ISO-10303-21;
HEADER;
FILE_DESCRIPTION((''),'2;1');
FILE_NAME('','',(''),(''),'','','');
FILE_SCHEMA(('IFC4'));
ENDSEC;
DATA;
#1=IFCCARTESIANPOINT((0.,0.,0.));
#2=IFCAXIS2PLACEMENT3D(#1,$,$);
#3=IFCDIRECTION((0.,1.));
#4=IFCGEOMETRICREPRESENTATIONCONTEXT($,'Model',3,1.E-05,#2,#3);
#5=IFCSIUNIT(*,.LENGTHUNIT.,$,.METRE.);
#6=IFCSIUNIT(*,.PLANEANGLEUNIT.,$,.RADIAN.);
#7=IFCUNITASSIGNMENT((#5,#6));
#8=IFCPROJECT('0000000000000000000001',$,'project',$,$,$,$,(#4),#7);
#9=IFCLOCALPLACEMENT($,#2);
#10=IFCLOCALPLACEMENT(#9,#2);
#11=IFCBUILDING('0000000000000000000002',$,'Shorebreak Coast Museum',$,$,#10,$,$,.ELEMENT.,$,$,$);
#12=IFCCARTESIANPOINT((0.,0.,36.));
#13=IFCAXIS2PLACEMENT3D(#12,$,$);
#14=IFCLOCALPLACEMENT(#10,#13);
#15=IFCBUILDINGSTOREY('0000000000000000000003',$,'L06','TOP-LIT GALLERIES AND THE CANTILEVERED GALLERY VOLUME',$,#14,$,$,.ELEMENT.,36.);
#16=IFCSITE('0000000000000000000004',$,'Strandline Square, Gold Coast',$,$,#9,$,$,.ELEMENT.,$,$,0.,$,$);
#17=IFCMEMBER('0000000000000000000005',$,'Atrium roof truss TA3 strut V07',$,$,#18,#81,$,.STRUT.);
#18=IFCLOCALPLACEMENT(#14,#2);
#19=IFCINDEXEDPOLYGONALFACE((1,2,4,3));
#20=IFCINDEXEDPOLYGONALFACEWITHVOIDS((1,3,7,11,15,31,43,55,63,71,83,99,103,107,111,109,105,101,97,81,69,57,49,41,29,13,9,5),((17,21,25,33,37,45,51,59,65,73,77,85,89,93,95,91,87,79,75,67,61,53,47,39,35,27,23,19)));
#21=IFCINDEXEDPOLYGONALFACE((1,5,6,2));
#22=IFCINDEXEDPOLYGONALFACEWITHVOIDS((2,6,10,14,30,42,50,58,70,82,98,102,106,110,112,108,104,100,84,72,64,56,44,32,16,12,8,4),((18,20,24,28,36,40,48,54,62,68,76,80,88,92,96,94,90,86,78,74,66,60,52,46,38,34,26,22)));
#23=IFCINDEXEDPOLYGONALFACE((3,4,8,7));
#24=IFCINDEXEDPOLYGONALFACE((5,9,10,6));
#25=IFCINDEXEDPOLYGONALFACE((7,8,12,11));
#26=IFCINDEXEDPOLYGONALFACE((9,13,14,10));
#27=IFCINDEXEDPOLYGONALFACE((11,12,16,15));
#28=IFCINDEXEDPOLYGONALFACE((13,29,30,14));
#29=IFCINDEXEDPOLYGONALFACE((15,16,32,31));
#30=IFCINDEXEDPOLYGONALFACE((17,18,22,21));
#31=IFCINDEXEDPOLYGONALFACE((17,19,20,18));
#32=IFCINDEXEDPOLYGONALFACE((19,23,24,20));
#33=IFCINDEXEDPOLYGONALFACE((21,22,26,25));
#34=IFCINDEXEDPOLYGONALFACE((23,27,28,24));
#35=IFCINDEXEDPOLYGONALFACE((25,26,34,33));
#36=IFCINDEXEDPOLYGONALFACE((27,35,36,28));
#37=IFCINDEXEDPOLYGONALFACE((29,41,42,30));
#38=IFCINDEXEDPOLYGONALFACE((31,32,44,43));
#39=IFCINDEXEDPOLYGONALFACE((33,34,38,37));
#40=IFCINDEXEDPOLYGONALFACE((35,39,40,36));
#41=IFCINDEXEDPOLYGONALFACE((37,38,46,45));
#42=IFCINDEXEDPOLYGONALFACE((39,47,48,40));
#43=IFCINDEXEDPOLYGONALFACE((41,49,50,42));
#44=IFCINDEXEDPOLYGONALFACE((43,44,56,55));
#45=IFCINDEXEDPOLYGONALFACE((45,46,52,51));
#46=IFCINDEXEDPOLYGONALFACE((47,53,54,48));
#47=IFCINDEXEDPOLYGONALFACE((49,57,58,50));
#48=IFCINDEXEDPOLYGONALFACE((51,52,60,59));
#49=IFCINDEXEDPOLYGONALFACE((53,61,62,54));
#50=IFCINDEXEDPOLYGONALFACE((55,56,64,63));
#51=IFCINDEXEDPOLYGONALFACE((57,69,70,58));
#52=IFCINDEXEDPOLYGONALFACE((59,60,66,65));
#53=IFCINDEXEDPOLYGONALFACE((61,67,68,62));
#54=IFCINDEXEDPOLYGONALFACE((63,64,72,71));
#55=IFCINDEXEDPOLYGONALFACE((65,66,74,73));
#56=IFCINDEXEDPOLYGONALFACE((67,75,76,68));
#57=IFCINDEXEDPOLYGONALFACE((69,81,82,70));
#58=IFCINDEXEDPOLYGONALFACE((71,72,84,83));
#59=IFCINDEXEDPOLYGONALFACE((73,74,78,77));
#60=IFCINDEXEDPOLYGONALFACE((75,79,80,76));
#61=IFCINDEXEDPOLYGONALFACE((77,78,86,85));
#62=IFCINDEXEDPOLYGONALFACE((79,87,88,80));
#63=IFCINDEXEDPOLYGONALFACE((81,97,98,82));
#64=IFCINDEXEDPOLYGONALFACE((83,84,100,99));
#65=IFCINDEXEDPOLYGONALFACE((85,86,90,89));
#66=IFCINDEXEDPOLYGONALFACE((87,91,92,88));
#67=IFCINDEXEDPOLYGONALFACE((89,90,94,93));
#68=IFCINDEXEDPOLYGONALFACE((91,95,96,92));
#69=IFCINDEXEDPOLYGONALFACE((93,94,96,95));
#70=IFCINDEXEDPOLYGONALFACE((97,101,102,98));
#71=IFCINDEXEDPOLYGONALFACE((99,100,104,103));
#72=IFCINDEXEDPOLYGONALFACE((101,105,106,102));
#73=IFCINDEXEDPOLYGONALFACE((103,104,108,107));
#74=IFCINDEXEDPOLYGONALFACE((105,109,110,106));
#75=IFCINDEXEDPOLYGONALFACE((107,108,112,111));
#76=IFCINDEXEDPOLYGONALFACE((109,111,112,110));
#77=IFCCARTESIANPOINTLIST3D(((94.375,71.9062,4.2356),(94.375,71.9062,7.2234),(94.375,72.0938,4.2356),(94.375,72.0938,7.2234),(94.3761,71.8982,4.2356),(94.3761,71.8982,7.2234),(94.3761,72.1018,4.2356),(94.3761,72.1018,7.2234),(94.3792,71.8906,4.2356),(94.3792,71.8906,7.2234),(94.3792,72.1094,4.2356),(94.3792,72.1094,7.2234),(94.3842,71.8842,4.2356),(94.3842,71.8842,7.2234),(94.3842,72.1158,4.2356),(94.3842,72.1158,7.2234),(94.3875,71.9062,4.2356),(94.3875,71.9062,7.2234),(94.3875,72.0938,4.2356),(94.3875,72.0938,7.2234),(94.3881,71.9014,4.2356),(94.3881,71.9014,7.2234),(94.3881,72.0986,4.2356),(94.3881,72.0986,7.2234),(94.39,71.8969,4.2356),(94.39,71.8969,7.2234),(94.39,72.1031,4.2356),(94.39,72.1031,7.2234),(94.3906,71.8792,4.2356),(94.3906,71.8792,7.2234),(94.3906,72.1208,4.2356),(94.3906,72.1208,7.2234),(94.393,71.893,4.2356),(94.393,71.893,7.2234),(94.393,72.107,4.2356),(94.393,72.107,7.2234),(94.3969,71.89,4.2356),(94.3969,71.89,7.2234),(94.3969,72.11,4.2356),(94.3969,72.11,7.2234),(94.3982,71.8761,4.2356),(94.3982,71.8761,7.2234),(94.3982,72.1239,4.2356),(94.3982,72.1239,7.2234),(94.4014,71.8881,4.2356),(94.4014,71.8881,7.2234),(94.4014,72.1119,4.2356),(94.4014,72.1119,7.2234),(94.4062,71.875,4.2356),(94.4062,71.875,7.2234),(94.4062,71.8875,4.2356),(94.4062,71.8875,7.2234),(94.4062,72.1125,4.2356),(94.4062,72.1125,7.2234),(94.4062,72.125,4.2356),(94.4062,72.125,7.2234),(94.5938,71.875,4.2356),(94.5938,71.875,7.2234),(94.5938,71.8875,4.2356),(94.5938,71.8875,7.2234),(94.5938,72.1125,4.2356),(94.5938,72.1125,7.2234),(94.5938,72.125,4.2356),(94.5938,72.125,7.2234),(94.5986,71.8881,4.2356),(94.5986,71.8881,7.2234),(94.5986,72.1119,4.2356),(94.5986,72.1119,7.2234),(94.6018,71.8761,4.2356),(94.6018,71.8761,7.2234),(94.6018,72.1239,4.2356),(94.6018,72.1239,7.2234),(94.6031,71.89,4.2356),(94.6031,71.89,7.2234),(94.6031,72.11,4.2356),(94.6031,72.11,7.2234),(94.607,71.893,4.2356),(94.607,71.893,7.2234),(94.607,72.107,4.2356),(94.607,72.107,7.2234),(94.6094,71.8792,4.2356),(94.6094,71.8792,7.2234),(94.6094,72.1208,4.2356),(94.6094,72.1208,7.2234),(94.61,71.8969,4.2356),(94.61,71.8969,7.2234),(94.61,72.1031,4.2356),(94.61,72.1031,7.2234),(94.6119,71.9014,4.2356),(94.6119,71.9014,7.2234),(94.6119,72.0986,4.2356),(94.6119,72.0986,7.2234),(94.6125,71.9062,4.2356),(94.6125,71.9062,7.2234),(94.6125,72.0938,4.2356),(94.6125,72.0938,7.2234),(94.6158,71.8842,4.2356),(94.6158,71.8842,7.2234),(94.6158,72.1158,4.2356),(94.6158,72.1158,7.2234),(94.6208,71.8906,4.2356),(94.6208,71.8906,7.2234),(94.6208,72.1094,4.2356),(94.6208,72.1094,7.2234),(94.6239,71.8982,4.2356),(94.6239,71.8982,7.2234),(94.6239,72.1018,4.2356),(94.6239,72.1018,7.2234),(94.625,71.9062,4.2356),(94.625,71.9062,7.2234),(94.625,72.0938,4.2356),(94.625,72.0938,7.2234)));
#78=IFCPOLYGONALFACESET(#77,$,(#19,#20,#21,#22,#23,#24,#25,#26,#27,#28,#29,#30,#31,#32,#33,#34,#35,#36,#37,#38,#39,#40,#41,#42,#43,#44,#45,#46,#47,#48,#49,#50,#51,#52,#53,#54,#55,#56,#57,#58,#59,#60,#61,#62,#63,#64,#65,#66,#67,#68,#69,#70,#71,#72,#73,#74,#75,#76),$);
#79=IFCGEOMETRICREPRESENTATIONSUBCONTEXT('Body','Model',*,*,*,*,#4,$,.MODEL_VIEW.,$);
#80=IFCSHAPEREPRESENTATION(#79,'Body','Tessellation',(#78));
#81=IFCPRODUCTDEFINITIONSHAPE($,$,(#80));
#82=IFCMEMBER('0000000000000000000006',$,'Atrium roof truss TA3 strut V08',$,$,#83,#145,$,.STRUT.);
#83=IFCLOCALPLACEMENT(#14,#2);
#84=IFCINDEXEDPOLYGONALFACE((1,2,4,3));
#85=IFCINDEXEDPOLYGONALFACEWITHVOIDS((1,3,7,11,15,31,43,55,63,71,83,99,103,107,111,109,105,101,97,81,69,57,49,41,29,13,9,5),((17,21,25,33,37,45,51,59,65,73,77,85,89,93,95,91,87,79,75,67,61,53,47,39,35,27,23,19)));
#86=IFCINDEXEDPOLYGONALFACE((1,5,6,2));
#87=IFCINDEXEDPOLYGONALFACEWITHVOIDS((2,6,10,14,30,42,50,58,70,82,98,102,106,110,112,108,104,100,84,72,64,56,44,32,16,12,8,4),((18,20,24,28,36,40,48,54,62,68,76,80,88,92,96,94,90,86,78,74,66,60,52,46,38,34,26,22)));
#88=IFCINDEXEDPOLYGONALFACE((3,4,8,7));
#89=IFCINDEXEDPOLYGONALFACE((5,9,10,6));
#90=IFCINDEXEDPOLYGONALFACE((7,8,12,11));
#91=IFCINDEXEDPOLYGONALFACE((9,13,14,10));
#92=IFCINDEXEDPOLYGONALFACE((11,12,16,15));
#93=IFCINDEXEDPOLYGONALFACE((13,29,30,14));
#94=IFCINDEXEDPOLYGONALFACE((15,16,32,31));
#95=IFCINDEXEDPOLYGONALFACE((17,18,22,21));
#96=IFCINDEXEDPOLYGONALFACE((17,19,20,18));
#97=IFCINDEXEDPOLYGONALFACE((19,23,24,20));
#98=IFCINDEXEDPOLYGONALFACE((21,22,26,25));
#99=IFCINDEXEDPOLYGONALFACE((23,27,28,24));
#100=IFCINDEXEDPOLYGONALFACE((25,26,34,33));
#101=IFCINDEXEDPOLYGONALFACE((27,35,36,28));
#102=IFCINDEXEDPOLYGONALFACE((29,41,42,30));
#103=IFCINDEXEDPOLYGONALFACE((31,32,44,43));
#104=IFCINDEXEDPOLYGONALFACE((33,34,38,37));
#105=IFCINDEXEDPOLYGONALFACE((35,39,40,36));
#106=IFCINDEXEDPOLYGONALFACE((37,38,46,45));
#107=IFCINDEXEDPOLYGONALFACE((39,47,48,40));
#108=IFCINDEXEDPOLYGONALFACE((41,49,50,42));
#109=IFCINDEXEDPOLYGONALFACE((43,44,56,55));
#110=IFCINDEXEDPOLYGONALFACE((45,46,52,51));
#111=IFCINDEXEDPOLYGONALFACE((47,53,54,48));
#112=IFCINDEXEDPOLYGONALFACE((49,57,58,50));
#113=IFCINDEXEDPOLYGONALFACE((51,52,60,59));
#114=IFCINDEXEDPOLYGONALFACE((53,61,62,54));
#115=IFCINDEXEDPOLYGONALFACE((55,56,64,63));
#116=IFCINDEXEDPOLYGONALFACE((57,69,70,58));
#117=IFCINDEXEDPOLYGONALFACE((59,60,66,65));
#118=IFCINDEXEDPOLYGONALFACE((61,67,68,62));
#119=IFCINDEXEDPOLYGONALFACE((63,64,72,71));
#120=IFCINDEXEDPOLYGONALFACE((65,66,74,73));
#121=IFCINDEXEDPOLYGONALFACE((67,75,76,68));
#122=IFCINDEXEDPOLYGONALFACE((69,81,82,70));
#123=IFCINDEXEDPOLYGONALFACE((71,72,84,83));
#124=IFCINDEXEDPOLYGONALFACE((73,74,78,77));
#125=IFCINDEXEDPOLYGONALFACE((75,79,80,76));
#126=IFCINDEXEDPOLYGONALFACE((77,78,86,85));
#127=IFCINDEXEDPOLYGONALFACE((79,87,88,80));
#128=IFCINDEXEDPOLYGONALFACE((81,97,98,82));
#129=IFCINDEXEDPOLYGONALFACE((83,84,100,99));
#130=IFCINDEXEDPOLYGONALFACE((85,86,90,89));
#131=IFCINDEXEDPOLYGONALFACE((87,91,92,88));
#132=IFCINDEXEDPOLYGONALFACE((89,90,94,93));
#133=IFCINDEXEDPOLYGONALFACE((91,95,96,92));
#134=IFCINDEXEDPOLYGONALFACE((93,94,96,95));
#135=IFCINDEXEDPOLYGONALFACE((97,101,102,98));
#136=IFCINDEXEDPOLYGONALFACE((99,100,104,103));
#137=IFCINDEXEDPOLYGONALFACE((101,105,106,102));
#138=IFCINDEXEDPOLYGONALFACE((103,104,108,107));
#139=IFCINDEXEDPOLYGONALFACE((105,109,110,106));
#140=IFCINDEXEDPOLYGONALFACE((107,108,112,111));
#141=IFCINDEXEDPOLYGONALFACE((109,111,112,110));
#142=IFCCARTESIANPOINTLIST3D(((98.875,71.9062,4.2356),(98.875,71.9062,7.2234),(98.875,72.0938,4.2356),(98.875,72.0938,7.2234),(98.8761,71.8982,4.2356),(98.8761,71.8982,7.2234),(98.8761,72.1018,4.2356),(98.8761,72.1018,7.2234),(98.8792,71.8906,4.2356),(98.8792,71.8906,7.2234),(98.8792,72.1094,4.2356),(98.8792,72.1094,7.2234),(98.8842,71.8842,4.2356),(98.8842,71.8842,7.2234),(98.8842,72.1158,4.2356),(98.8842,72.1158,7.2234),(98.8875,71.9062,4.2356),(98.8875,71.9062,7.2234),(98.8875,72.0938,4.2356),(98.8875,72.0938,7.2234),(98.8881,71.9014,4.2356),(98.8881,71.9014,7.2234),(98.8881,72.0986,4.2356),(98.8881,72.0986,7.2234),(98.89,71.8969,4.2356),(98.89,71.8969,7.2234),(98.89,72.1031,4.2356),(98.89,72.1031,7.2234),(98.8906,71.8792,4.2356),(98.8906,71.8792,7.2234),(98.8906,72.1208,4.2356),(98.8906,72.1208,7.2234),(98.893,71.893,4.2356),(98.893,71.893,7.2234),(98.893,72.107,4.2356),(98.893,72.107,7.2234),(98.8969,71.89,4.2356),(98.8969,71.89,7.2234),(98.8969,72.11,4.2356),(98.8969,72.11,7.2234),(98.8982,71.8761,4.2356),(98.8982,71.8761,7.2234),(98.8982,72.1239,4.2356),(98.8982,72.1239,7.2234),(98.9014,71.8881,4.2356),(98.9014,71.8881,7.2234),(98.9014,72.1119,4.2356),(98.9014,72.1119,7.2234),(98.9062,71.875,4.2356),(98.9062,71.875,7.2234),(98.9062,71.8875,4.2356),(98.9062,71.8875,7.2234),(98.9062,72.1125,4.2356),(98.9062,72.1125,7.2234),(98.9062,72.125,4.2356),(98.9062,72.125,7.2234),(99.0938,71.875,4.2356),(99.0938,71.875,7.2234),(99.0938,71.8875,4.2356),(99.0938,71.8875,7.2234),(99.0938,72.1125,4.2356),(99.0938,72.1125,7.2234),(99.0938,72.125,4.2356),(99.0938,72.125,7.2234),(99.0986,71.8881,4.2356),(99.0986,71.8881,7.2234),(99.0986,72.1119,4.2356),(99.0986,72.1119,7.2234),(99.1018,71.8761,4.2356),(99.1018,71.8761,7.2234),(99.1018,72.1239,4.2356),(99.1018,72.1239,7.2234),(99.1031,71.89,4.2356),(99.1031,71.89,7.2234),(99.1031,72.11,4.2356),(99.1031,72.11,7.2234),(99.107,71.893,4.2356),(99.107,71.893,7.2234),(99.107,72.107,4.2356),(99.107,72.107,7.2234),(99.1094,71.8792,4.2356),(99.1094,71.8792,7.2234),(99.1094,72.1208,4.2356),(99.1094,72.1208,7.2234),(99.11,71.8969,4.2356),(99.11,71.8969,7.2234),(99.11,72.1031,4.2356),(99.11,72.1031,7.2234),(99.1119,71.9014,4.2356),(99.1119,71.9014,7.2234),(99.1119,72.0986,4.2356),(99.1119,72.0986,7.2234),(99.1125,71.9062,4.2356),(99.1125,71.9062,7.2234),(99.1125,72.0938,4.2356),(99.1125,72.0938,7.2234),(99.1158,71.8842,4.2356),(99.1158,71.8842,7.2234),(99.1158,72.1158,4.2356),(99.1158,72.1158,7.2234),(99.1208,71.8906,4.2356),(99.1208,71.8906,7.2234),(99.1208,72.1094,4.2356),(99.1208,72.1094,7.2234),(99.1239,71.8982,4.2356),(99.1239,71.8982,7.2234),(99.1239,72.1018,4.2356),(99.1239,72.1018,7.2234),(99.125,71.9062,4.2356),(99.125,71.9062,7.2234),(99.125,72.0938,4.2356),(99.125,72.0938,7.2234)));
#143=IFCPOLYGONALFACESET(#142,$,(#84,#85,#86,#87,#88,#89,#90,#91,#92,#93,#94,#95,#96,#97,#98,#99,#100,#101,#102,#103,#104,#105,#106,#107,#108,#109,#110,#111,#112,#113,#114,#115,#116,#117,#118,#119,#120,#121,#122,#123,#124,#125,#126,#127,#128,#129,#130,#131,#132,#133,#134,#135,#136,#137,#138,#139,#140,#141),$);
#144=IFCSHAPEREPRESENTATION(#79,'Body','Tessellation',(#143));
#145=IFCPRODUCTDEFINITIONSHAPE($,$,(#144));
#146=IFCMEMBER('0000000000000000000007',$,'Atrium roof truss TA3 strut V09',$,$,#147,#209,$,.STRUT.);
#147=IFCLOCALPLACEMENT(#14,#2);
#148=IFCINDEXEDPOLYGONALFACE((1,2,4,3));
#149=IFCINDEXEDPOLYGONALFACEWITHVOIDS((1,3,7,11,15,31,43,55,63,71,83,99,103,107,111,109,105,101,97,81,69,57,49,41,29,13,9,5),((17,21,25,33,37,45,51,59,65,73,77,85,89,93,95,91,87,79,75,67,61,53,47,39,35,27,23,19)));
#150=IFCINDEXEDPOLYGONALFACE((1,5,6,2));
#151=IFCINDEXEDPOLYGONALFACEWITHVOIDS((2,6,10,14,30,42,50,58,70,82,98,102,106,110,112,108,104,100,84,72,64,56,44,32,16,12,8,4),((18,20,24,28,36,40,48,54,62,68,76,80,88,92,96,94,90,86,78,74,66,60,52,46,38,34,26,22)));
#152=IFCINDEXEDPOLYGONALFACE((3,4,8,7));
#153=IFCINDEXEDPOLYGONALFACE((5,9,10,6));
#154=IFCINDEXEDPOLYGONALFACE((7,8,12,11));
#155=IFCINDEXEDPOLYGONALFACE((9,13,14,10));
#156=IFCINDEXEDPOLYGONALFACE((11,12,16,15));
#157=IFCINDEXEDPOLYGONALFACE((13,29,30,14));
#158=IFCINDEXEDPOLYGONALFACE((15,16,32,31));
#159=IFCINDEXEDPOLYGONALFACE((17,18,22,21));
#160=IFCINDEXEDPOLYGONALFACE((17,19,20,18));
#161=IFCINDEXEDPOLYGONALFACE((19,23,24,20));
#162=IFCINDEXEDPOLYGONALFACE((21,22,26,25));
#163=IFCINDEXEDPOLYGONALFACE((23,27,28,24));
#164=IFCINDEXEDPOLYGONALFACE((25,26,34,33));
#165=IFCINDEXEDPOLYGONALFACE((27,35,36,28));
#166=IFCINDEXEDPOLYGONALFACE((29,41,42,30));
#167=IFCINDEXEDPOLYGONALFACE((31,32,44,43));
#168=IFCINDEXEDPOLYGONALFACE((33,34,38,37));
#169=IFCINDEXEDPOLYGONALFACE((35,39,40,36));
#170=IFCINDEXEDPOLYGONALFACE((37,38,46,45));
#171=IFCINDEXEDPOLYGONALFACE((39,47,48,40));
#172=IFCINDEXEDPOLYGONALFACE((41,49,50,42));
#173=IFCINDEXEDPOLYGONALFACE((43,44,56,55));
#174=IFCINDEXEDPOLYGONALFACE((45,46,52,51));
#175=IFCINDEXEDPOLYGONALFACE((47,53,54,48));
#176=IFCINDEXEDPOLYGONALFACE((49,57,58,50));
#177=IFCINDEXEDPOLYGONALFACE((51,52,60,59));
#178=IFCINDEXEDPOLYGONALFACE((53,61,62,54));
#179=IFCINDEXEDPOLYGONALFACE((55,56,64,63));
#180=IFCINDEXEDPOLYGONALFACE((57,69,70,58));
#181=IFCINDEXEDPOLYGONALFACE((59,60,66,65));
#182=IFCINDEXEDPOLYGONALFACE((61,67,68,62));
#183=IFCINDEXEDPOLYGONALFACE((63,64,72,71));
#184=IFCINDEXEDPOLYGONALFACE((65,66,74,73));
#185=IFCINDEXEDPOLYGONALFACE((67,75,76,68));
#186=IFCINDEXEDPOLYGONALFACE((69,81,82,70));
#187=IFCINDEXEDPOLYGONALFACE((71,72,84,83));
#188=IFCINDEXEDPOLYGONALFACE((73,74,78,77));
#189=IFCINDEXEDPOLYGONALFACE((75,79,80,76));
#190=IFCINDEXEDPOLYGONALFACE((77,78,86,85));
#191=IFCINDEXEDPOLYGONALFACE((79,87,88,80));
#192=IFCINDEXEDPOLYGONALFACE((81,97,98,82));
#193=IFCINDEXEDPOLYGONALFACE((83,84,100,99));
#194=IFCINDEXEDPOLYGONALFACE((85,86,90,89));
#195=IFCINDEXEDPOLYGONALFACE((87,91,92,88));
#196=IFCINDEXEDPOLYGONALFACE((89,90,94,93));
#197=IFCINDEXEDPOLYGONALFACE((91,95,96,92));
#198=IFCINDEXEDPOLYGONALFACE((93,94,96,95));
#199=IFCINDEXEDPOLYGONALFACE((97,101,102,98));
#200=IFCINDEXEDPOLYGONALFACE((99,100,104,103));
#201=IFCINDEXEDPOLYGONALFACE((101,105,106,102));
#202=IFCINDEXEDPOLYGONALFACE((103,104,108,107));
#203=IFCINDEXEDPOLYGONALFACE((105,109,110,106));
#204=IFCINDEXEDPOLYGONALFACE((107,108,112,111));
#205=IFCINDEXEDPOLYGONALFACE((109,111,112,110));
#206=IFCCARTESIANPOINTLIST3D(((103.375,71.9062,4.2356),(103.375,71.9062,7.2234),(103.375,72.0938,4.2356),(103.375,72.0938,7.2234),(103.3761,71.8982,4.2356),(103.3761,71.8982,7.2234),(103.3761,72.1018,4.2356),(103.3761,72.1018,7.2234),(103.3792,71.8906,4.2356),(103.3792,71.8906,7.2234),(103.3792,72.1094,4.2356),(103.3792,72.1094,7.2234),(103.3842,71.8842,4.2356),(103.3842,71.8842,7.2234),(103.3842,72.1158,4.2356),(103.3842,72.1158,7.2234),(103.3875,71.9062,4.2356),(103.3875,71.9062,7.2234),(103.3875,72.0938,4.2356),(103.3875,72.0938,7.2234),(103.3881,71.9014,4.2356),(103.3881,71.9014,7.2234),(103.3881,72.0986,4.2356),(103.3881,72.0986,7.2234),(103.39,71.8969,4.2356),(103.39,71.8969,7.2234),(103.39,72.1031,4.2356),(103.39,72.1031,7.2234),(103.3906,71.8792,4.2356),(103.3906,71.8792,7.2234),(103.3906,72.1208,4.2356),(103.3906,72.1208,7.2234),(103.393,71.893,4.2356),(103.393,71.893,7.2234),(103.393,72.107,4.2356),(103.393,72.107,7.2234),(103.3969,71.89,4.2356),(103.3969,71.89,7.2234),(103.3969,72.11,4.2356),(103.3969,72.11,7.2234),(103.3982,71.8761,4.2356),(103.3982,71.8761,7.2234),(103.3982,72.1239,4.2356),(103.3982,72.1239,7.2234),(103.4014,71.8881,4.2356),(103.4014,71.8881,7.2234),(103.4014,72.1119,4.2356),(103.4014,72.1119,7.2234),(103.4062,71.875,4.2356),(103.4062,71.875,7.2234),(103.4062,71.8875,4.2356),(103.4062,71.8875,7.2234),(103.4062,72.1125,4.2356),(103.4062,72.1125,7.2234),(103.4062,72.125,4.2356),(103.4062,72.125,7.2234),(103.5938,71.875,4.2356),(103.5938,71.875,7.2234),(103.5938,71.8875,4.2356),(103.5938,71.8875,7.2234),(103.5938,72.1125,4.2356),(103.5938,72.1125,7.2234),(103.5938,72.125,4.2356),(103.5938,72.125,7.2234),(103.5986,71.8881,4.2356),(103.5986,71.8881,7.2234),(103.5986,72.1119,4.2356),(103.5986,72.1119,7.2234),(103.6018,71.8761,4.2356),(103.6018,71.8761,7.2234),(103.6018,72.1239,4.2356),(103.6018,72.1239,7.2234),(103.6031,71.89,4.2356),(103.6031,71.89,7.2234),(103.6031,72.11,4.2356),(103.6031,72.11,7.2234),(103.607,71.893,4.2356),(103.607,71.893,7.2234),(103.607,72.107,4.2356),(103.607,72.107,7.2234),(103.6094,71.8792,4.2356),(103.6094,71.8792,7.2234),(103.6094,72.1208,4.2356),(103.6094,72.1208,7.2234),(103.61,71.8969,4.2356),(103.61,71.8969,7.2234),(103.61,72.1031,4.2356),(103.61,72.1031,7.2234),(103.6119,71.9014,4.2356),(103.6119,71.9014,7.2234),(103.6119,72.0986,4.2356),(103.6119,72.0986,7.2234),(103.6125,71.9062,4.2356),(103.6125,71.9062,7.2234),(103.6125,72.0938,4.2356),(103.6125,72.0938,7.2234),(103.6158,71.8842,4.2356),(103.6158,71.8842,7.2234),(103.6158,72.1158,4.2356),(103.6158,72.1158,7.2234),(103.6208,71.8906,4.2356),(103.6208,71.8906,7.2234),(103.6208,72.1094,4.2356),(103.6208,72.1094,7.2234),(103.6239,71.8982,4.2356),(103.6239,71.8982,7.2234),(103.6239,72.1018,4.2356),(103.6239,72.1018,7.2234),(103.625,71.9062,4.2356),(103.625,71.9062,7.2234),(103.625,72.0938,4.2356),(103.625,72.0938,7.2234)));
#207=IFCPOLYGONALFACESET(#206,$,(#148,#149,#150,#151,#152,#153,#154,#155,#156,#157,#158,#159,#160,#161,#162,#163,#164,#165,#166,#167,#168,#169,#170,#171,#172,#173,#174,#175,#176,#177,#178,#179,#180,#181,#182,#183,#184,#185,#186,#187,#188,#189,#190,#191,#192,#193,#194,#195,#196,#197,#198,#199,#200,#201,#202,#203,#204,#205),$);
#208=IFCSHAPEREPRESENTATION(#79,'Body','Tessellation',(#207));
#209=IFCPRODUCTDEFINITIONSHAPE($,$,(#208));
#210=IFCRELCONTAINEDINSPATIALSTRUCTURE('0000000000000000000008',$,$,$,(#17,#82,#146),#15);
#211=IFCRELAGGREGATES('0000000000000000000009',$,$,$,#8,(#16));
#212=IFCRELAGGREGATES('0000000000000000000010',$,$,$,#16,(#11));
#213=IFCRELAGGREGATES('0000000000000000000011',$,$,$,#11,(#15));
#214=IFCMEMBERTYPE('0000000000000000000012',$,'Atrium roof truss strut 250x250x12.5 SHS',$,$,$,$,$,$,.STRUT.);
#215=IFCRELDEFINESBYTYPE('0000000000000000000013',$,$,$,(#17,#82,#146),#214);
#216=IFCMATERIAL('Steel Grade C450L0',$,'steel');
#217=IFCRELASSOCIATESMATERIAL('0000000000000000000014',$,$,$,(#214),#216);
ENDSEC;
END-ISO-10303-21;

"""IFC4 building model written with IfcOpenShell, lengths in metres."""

from ifc_helpers import new_model, si_unit, direction, frame, origin, origin_2d, place, context, subcontext, project, spatial, hollow_rectangle, extrude, material, material_profile, profile_set, type_object, element, save


model = new_model("IFC4")

# Units and contexts
model_context = context("Model", 3, precision=1e-05, world=origin(), true_north=direction((0.0, 1.0)))
body_context = subcontext(model_context, "Body", "Model", "MODEL_VIEW")
ifc_project = project(units=[si_unit("LENGTHUNIT", "METRE"), si_unit("PLANEANGLEUNIT", "RADIAN")], contexts=[model_context])

# Site, building, storey
site_placement = place(None, origin())
site = spatial("IfcSite", under=ifc_project, at=site_placement, Name="Strandline Square, Gold Coast", CompositionType="ELEMENT", RefElevation=0.0)
building_placement = place(site_placement, origin())
building = spatial("IfcBuilding", under=site, at=building_placement, Name="Shorebreak Coast Museum", CompositionType="ELEMENT")
storey_placement = place(building_placement, frame((0.0, 0.0, 36.0)))
storey = spatial("IfcBuildingStorey", under=building, at=storey_placement, Name="L06", Description="TOP-LIT GALLERIES AND THE CANTILEVERED GALLERY VOLUME", CompositionType="ELEMENT", Elevation=36.0)

# Members
ifc_material_1 = material(Name="Steel Grade C450L0", Category="steel")
ifc_material_profile_1 = material_profile(ifc_material_1, hollow_rectangle(XDim=0.25, YDim=0.25, WallThickness=0.0125, InnerFilletRadius=0.0188, OuterFilletRadius=0.0312, at=origin_2d()), Name="250x250x12.5 SHS")
ifc_profile_set_1 = profile_set([ifc_material_profile_1], Name="Steel Grade C450L0")
member_type_1 = type_object("IfcMemberType", Name="Atrium roof truss strut 250x250x12.5 SHS", PredefinedType="STRUT", material=ifc_profile_set_1)
for number, where, z_axis, x_axis, name in (
    (1, (94.5, 72.0, 4.2356), (0.0, 0.0, 1.0), (1.0, 0.0, 0.0), "Atrium roof truss TA3 strut V07"),
    (2, (99.0, 72.0, 4.2356), (0.0, 0.0, 1.0), (1.0, 0.0, 0.0), "Atrium roof truss TA3 strut V08"),
    (3, (103.5, 72.0, 4.2356), (0.0, 0.0, 1.0), (1.0, 0.0, 0.0), "Atrium roof truss TA3 strut V09"),
):
    element("IfcMember", number, at=place(storey_placement, frame(where, z_axis=z_axis, x_axis=x_axis)), inside=storey, type_object=member_type_1, Name=name, PredefinedType="STRUT", context=body_context, shape_type="SweptSolid", body=[
        extrude(hollow_rectangle(XDim=0.25, YDim=0.25, WallThickness=0.0125, InnerFilletRadius=0.0188, OuterFilletRadius=0.0312, at=origin_2d()), origin(), (0.0, 0.0, 1.0), 2.9878),
    ])

save(model, "model.ifc")
